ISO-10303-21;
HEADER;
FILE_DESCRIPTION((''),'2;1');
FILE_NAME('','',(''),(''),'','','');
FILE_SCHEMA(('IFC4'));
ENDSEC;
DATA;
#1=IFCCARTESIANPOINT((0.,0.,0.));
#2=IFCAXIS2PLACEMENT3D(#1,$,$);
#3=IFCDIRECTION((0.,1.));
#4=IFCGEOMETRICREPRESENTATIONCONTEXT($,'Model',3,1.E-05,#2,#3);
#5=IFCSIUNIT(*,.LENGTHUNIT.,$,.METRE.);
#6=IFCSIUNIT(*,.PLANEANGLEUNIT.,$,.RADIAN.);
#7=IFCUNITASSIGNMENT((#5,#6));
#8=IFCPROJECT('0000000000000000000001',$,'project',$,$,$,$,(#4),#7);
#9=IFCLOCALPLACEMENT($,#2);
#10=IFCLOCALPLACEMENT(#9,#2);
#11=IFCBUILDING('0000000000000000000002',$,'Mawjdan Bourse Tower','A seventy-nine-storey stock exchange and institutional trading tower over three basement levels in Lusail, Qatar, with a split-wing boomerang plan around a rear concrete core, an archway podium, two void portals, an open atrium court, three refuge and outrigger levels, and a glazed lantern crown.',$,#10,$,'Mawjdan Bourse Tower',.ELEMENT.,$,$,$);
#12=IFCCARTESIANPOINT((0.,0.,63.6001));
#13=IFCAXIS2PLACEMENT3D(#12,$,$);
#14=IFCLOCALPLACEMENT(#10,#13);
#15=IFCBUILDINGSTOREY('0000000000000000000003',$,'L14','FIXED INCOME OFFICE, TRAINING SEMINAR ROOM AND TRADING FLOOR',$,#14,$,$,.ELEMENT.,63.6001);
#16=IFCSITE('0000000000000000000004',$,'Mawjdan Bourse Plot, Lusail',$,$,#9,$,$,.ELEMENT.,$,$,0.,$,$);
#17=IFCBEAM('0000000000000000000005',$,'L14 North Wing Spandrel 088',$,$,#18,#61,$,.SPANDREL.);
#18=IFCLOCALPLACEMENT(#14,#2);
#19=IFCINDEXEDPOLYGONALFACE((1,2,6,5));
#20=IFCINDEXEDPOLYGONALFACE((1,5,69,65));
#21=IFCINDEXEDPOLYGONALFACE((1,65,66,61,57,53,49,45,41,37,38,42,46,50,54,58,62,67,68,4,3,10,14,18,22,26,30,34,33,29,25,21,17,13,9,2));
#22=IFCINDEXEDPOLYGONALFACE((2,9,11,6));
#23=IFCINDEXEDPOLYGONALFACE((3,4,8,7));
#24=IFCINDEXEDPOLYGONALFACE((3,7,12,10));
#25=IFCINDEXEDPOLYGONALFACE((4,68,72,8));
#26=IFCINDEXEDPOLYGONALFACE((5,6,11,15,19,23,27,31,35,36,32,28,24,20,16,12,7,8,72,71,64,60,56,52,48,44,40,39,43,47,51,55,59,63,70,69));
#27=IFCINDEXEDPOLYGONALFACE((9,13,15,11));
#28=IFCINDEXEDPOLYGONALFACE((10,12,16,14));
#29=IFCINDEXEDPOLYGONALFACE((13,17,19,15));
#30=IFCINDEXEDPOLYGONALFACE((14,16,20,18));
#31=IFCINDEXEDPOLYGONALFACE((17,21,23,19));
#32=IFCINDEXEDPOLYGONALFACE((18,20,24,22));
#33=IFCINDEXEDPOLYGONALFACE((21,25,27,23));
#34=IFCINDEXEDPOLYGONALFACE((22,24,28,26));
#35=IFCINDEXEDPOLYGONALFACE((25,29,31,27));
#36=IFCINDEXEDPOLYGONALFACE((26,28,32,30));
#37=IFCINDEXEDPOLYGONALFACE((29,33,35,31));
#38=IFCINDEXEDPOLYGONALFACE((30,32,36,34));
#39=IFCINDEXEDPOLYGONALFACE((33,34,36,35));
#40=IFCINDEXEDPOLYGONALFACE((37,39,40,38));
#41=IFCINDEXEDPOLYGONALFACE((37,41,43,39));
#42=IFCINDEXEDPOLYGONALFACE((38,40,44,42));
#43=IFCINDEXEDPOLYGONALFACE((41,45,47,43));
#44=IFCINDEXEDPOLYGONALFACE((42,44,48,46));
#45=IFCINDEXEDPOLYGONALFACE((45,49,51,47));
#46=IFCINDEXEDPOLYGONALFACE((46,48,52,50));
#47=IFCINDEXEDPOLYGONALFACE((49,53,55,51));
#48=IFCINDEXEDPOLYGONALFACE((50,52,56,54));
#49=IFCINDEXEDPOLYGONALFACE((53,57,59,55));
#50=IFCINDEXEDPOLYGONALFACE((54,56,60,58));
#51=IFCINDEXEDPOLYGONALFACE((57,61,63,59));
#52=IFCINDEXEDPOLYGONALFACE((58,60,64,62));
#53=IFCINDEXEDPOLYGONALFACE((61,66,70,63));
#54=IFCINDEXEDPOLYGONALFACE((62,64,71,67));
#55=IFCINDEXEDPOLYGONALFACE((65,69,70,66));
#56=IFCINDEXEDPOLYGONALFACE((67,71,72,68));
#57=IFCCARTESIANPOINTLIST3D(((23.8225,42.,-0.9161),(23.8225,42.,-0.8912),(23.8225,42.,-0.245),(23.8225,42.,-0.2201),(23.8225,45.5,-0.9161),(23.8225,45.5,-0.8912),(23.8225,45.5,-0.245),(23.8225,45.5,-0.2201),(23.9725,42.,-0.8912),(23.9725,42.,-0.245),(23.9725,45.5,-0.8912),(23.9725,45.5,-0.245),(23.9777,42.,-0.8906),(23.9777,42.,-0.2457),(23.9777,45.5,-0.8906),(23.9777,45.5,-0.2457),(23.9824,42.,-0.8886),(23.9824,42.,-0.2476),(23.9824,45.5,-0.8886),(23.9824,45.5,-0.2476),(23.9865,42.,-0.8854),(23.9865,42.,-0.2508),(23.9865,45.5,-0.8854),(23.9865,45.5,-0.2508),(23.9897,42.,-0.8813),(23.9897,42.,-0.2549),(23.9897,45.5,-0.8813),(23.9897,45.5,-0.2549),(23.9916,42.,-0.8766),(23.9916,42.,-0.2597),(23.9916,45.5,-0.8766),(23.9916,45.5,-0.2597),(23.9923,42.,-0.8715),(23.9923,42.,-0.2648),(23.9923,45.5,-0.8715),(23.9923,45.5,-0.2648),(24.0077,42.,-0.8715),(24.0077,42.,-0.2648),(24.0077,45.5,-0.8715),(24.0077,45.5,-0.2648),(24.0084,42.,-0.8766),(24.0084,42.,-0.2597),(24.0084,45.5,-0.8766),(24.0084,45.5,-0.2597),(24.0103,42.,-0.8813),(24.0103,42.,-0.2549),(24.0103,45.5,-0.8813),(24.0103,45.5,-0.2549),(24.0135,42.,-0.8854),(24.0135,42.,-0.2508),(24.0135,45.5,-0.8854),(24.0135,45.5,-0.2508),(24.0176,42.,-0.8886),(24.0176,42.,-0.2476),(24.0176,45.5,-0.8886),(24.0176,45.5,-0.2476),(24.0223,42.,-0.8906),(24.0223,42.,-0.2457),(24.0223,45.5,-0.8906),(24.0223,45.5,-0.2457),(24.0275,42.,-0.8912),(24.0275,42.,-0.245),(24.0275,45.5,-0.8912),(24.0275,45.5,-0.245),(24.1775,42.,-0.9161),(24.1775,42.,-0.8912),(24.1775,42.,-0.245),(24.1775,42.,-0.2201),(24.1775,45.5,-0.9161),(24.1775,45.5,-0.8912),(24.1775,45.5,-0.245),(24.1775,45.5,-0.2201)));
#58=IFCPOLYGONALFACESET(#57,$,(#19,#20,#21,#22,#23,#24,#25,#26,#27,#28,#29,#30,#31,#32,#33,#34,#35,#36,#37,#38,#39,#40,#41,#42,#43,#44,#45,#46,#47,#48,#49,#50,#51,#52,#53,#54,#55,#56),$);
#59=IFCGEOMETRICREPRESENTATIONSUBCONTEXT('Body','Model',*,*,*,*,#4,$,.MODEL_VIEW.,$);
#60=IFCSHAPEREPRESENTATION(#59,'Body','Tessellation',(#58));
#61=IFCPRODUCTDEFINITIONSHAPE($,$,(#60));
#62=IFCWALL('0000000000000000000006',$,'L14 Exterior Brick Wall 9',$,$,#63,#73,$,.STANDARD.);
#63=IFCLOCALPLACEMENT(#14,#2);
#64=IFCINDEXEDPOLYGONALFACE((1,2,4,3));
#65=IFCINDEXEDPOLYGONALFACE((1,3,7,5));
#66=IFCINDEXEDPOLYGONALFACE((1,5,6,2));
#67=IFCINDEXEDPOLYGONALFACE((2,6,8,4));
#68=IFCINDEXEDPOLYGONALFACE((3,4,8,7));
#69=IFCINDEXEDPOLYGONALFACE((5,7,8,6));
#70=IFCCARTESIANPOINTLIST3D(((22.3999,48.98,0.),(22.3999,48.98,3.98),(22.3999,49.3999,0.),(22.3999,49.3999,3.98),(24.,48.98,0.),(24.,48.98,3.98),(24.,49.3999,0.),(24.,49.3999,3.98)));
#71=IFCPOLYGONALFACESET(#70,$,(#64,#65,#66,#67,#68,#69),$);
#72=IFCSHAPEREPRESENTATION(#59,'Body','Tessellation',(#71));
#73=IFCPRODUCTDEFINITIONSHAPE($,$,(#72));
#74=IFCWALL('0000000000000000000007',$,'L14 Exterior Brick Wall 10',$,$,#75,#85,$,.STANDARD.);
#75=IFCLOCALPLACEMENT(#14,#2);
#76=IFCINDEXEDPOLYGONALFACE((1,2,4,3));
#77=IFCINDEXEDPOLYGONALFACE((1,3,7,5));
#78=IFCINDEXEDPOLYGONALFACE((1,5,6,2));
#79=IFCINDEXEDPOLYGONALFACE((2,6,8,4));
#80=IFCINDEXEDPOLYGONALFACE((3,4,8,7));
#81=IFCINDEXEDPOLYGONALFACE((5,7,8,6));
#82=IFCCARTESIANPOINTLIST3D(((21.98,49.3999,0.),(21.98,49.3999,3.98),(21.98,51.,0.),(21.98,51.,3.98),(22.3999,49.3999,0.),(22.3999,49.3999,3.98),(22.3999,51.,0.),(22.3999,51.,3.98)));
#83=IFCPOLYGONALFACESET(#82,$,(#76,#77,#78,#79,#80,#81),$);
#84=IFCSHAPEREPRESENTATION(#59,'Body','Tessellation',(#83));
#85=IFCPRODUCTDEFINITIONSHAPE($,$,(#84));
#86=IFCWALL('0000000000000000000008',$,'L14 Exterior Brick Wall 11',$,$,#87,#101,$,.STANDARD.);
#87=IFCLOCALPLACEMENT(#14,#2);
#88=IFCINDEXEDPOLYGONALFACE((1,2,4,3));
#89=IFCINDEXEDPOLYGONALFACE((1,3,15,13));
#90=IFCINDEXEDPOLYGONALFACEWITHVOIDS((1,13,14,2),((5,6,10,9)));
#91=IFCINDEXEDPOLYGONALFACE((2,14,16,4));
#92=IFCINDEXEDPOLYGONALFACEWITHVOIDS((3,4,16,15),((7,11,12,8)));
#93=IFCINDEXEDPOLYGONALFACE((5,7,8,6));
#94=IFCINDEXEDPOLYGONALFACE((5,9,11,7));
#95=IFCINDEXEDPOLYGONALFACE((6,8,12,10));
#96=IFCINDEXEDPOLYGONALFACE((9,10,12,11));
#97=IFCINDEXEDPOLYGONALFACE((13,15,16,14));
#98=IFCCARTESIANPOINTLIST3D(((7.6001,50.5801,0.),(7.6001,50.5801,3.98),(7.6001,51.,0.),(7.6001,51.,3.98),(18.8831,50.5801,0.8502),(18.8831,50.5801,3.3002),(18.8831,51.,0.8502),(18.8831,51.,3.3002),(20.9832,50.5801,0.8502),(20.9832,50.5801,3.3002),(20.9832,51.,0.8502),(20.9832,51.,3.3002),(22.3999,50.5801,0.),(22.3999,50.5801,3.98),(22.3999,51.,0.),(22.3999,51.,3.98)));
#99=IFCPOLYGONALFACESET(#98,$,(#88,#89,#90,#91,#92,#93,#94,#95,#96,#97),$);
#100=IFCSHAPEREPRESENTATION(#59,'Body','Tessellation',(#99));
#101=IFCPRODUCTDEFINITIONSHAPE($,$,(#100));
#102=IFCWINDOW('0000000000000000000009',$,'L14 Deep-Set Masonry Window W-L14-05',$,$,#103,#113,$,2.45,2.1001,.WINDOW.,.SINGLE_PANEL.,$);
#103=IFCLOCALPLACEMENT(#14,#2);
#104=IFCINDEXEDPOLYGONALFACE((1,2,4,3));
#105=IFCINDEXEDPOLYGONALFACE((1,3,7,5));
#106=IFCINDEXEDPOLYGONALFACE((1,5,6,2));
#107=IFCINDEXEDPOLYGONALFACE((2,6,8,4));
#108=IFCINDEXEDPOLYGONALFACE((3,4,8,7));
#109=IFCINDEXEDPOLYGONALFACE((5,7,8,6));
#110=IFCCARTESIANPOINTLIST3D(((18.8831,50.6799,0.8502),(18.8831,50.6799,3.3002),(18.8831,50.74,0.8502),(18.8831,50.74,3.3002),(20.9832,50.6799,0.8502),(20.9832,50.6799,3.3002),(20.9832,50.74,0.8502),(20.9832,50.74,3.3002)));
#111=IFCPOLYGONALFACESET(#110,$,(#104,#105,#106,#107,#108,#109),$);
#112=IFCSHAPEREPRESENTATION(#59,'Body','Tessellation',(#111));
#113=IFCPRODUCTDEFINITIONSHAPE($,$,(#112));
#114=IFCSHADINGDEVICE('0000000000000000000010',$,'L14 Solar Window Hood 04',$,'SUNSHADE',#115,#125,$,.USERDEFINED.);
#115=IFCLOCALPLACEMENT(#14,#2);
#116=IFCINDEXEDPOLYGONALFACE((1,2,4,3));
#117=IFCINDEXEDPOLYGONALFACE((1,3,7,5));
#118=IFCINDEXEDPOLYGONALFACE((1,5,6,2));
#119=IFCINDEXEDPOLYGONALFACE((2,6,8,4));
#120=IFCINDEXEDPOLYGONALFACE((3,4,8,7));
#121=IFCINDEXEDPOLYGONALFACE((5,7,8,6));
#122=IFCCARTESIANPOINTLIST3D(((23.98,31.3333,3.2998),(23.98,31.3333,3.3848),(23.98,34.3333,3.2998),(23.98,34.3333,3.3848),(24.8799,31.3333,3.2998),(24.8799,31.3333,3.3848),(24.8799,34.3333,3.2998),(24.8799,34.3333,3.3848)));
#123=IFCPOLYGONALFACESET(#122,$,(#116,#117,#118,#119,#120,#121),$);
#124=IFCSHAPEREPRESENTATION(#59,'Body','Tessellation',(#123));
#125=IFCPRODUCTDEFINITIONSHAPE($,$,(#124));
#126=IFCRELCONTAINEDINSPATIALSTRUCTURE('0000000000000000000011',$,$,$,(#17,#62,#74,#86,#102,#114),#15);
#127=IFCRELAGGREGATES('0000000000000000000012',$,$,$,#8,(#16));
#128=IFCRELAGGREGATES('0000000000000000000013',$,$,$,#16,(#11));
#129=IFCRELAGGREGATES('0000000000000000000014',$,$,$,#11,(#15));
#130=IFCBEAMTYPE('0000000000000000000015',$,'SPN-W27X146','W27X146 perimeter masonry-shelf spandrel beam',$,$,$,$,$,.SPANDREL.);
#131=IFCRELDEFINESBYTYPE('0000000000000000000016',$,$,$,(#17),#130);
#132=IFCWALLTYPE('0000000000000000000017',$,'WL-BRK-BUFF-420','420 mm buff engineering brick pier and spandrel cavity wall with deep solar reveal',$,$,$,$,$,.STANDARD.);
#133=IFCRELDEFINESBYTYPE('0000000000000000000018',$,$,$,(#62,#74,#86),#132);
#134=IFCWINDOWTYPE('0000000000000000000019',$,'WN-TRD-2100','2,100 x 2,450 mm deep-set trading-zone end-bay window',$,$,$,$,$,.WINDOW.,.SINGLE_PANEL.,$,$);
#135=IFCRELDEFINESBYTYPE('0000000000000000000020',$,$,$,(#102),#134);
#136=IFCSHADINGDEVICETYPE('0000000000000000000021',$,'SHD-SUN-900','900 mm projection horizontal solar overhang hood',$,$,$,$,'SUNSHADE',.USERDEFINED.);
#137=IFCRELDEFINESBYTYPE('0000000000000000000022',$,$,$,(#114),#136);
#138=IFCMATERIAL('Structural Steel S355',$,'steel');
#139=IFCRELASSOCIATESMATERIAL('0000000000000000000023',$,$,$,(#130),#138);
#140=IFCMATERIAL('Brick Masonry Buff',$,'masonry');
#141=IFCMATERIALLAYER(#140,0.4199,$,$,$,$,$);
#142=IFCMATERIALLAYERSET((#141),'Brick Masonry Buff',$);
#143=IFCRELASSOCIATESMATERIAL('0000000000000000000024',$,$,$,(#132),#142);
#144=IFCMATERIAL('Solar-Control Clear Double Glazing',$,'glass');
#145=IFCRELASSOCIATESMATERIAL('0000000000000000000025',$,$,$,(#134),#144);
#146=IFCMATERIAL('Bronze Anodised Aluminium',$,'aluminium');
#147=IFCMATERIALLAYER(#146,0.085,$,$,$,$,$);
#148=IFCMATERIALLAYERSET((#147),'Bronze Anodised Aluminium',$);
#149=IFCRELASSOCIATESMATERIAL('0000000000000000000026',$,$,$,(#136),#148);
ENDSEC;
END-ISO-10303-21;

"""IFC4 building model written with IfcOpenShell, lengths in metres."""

from ifc_helpers import new_model, si_unit, direction, frame, frame_2d, origin, origin_2d, place, context, subcontext, project, spatial, rectangle, i_section, extrude, material, layer, layer_set, material_profile, profile_set, type_object, element, fill, save


model = new_model("IFC4")

# Units and contexts
model_context = context("Model", 3, precision=1e-05, world=origin(), true_north=direction((0.0, 1.0)))
body_context = subcontext(model_context, "Body", "Model", "MODEL_VIEW")
ifc_project = project(units=[si_unit("LENGTHUNIT", "METRE"), si_unit("PLANEANGLEUNIT", "RADIAN")], contexts=[model_context])

# Site, building, storey
site_placement = place(None, origin())
site = spatial("IfcSite", under=ifc_project, at=site_placement, Name="Mawjdan Bourse Plot, Lusail", CompositionType="ELEMENT", RefElevation=0.0)
building_placement = place(site_placement, origin())
building = spatial("IfcBuilding", under=site, at=building_placement, Name="Mawjdan Bourse Tower", Description="A seventy-nine-storey stock exchange and institutional trading tower over three basement levels in Lusail, Qatar, with a split-wing boomerang plan around a rear concrete core, an archway podium, two void portals, an open atrium court, three refuge and outrigger levels, and a glazed lantern crown.", LongName="Mawjdan Bourse Tower", CompositionType="ELEMENT")
storey_placement = place(building_placement, frame((0.0, 0.0, 63.6001)))
storey = spatial("IfcBuildingStorey", under=building, at=storey_placement, Name="L14", Description="FIXED INCOME OFFICE, TRAINING SEMINAR ROOM AND TRADING FLOOR", CompositionType="ELEMENT", Elevation=63.6001)

# Beam
ifc_material_1 = material(Name="Structural Steel S355", Category="steel")
ifc_material_profile_1 = material_profile(ifc_material_1, i_section(OverallWidth=0.355, OverallDepth=0.696, WebThickness=0.0154, FlangeThickness=0.0249, FilletRadius=0.0198, at=origin_2d()), Name="W27X146")
ifc_profile_set_1 = profile_set([ifc_material_profile_1], Name="Structural Steel S355")
beam_type_1 = type_object("IfcBeamType", Name="SPN-W27X146", Description="W27X146 perimeter masonry-shelf spandrel beam", PredefinedType="SPANDREL", material=ifc_profile_set_1)
beam_1_placement = place(storey_placement, frame((24.0, 42.0, -0.5681), z_axis=(0.0, 1.0, 0.0), x_axis=(-1.0, 0.0, 0.0)))
element("IfcBeam", 1, at=beam_1_placement, inside=storey, type_object=beam_type_1, Name="L14 North Wing Spandrel 088", PredefinedType="SPANDREL", context=body_context, shape_type="SweptSolid", body=[
    extrude(i_section(OverallWidth=0.355, OverallDepth=0.696, WebThickness=0.0154, FlangeThickness=0.0249, FilletRadius=0.0198, at=origin_2d()), origin(), (0.0, 0.0, 1.0), 3.5),
])

# Walls
ifc_material_2 = material(Name="Brick Masonry Buff", Category="masonry")
ifc_layer_1 = layer(ifc_material_2, 0.4199)
ifc_layer_set_1 = layer_set([ifc_layer_1], Name="Brick Masonry Buff")
wall_type = type_object("IfcWallType", Name="WL-BRK-BUFF-420", Description="420 mm buff engineering brick pier and spandrel cavity wall with deep solar reveal", PredefinedType="STANDARD", material=ifc_layer_set_1)
for number, where, z_axis, x_axis, name in (
    (2, (24.0, 49.1899, 0.0), (0.0, 0.0, 1.0), (-1.0, 0.0, 0.0), "L14 Exterior Brick Wall 9"),
    (3, (22.1899, 49.3999, 0.0), (0.0, 0.0, 1.0), (0.0, 1.0, 0.0), "L14 Exterior Brick Wall 10"),
):
    element("IfcWall", number, at=place(storey_placement, frame(where, z_axis=z_axis, x_axis=x_axis)), inside=storey, type_object=wall_type, Name=name, PredefinedType="STANDARD", context=body_context, shape_type="SweptSolid", body=[
        extrude(rectangle(XDim=1.6001, YDim=0.4199, at=frame_2d((0.8, 0.0))), origin(), (0.0, 0.0, 1.0), 3.98),
    ])

# Wall, opening, window
wall_placement = place(storey_placement, frame((22.3999, 50.79, 0.0), z_axis=(0.0, 0.0, 1.0), x_axis=(-1.0, 0.0, 0.0)))
wall = element("IfcWall", 4, at=wall_placement, inside=storey, type_object=wall_type, Name="L14 Exterior Brick Wall 11", PredefinedType="STANDARD", context=body_context, shape_type="SweptSolid", body=[
    extrude(rectangle(XDim=14.7998, YDim=0.4199, at=frame_2d((7.3999, 0.0))), origin(), (0.0, 0.0, 1.0), 3.98),
])
opening_placement = place(wall_placement, frame((1.4167, 0.0, 0.8501)))
opening = element("IfcOpeningElement", 5, at=opening_placement, cuts=wall, PredefinedType="OPENING", context=body_context, shape_type="SweptSolid", body=[
    extrude(rectangle(XDim=2.1001, YDim=2.45, at=frame_2d((1.05, 1.2251))), frame((0.0, 0.22, 0.0), z_axis=(0.0, -1.0, 0.0), x_axis=(1.0, 0.0, 0.0)), (0.0, 0.0, 1.0), 0.4399),
])
ifc_material_3 = material(Name="Solar-Control Clear Double Glazing", Category="glass")
window_type = type_object("IfcWindowType", Name="WN-TRD-2100", Description="2,100 x 2,450 mm deep-set trading-zone end-bay window", PartitioningType="SINGLE_PANEL", PredefinedType="WINDOW", material=ifc_material_3)
window_placement = place(opening_placement, origin())
window = element("IfcWindow", 6, at=window_placement, inside=storey, type_object=window_type, Name="L14 Deep-Set Masonry Window W-L14-05", OverallHeight=2.45, OverallWidth=2.1001, PartitioningType="SINGLE_PANEL", PredefinedType="WINDOW", context=body_context, shape_type="SweptSolid", body=[
    extrude(rectangle(XDim=2.1001, YDim=2.45, at=frame_2d((1.05, 1.2251))), frame((0.0, 0.1101, 0.0), z_axis=(0.0, -1.0, 0.0), x_axis=(1.0, 0.0, 0.0)), (0.0, 0.0, 1.0), 0.0601),
])
fill(opening, window)

# Shading device
ifc_material_4 = material(Name="Bronze Anodised Aluminium", Category="aluminium")
ifc_layer_2 = layer(ifc_material_4, 0.085)
ifc_layer_set_2 = layer_set([ifc_layer_2], Name="Bronze Anodised Aluminium")
shading_device_type = type_object("IfcShadingDeviceType", Name="SHD-SUN-900", Description="900 mm projection horizontal solar overhang hood", ElementType="SUNSHADE", PredefinedType="USERDEFINED", material=ifc_layer_set_2)
shading_device_placement = place(storey_placement, frame((24.4299, 32.8333, 3.2998), z_axis=(0.0, 0.0, 1.0), x_axis=(0.0, 1.0, 0.0)))
element("IfcShadingDevice", 7, at=shading_device_placement, inside=storey, type_object=shading_device_type, Name="L14 Solar Window Hood 04", ObjectType="SUNSHADE", PredefinedType="USERDEFINED", context=body_context, shape_type="SweptSolid", body=[
    extrude(rectangle(XDim=3.0, YDim=0.8999, at=origin_2d()), origin(), (0.0, 0.0, 1.0), 0.085),
])

save(model, "model.ifc")
